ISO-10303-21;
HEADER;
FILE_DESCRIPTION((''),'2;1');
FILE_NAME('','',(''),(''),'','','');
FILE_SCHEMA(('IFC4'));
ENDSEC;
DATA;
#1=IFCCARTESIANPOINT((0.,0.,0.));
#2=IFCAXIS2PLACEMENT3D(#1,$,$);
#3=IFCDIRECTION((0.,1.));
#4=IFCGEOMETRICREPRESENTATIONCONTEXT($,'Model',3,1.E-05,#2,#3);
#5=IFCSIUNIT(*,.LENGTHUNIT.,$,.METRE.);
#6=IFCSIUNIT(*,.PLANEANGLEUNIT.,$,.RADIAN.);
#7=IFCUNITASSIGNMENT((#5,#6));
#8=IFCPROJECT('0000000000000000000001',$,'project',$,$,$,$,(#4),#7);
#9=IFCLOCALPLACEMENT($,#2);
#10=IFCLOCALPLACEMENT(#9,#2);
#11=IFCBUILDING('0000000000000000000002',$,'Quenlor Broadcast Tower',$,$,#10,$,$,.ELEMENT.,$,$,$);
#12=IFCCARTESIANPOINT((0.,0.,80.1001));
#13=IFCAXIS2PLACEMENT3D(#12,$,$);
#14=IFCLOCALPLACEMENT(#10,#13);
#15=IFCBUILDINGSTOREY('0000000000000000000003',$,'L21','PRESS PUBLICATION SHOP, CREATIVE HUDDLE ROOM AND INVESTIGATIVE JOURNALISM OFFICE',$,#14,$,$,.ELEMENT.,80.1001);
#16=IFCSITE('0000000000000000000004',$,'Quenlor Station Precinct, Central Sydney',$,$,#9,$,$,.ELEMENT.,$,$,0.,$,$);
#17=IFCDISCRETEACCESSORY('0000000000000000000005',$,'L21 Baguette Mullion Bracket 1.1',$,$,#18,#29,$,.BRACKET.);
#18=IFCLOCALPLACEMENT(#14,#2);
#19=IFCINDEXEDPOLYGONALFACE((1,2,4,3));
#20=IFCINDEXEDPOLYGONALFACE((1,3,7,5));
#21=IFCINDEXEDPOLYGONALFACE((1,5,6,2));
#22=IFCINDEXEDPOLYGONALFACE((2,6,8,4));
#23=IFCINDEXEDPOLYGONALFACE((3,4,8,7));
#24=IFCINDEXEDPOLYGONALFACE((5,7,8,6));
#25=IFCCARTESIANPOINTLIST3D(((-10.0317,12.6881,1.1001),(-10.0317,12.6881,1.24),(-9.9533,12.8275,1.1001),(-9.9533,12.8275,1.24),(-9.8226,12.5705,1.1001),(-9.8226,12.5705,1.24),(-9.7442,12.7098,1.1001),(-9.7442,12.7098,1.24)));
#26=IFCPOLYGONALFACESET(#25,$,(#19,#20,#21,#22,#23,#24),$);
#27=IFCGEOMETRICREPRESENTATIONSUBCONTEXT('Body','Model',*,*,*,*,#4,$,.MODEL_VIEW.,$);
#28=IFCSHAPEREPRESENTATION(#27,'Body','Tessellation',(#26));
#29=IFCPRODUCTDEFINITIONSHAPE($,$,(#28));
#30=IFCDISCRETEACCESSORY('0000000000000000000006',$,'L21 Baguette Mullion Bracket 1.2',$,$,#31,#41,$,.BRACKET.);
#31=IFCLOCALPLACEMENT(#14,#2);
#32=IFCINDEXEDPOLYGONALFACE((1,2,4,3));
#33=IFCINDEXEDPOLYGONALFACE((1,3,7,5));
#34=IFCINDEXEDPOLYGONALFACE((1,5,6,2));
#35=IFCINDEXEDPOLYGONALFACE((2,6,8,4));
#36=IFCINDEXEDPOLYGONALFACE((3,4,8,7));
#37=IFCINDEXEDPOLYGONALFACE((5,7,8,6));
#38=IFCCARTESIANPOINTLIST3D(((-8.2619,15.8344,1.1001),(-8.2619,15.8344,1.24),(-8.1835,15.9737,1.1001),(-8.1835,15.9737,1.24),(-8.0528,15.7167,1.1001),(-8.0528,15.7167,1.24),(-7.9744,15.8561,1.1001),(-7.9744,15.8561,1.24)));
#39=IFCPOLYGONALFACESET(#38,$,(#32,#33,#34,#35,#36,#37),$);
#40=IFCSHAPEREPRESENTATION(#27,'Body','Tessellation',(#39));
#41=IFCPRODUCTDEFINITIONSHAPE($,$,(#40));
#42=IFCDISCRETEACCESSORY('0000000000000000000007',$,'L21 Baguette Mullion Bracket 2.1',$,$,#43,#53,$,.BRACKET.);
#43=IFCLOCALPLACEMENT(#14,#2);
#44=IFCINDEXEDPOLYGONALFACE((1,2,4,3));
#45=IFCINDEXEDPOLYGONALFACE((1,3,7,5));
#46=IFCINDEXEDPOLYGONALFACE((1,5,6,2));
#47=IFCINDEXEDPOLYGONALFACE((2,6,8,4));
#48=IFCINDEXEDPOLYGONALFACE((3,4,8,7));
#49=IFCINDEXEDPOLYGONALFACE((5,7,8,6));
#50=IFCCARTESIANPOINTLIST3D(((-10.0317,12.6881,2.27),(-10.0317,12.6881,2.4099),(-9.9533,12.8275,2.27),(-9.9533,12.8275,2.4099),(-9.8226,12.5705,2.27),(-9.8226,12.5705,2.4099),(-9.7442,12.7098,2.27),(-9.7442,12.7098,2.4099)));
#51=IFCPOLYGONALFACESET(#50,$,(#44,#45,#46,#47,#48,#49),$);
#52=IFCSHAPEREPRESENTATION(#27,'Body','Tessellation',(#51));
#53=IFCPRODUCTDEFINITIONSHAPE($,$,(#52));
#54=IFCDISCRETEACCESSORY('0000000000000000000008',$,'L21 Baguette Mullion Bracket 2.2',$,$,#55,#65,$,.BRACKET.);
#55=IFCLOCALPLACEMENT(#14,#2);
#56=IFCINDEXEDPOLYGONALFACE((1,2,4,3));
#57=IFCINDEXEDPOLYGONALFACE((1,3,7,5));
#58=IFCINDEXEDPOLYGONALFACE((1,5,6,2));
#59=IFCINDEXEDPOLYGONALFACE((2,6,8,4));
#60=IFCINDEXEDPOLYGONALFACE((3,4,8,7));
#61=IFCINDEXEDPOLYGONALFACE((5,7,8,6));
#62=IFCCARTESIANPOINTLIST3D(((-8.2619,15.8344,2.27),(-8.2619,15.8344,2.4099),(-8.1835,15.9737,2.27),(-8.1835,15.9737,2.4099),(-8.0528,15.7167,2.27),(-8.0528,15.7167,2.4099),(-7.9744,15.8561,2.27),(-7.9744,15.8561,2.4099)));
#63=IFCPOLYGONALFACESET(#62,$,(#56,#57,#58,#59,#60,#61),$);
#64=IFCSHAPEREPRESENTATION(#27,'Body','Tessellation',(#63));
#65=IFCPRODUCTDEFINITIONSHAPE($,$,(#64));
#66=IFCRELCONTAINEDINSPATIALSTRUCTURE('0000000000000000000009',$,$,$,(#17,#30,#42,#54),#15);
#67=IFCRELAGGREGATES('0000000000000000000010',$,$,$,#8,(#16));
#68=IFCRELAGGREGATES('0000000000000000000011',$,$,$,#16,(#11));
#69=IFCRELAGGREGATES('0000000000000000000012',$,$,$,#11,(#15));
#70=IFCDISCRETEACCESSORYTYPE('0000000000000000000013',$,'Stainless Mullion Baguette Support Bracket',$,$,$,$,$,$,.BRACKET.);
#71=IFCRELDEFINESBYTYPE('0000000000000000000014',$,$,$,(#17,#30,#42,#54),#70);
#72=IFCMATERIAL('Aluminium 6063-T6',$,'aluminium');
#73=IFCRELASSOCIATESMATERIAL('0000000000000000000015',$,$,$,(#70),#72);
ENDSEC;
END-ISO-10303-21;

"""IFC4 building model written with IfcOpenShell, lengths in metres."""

from ifc_helpers import new_model, si_unit, direction, frame, origin, origin_2d, place, context, subcontext, project, spatial, rectangle, extrude, material, type_object, element, save


model = new_model("IFC4")

# Units and contexts
model_context = context("Model", 3, precision=1e-05, world=origin(), true_north=direction((0.0, 1.0)))
body_context = subcontext(model_context, "Body", "Model", "MODEL_VIEW")
ifc_project = project(units=[si_unit("LENGTHUNIT", "METRE"), si_unit("PLANEANGLEUNIT", "RADIAN")], contexts=[model_context])

# Site, building, storey
site_placement = place(None, origin())
site = spatial("IfcSite", under=ifc_project, at=site_placement, Name="Quenlor Station Precinct, Central Sydney", CompositionType="ELEMENT", RefElevation=0.0)
building_placement = place(site_placement, origin())
building = spatial("IfcBuilding", under=site, at=building_placement, Name="Quenlor Broadcast Tower", CompositionType="ELEMENT")
storey_placement = place(building_placement, frame((0.0, 0.0, 80.1001)))
storey = spatial("IfcBuildingStorey", under=building, at=storey_placement, Name="L21", Description="PRESS PUBLICATION SHOP, CREATIVE HUDDLE ROOM AND INVESTIGATIVE JOURNALISM OFFICE", CompositionType="ELEMENT", Elevation=80.1001)

# Discrete accessories
ifc_material_1 = material(Name="Aluminium 6063-T6", Category="aluminium")
discrete_accessory_type = type_object("IfcDiscreteAccessoryType", Name="Stainless Mullion Baguette Support Bracket", PredefinedType="BRACKET", material=ifc_material_1)
for number, where, z_axis, x_axis, name in (
    (1, (-9.8879, 12.699, 1.1001), (0.0, 0.0, 1.0), (0.490265, 0.871573, 0.0), "L21 Baguette Mullion Bracket 1.1"),
    (2, (-8.1182, 15.8452, 1.1001), (0.0, 0.0, 1.0), (0.490265, 0.871573, 0.0), "L21 Baguette Mullion Bracket 1.2"),
    (3, (-9.8879, 12.699, 2.27), (0.0, 0.0, 1.0), (0.490265, 0.871573, 0.0), "L21 Baguette Mullion Bracket 2.1"),
    (4, (-8.1182, 15.8452, 2.27), (0.0, 0.0, 1.0), (0.490265, 0.871573, 0.0), "L21 Baguette Mullion Bracket 2.2"),
):
    element("IfcDiscreteAccessory", number, at=place(storey_placement, frame(where, z_axis=z_axis, x_axis=x_axis)), inside=storey, type_object=discrete_accessory_type, Name=name, PredefinedType="BRACKET", context=body_context, shape_type="SweptSolid", body=[
        extrude(rectangle(XDim=0.1599, YDim=0.24, at=origin_2d()), origin(), (0.0, 0.0, 1.0), 0.1399),
    ])

save(model, "model.ifc")
